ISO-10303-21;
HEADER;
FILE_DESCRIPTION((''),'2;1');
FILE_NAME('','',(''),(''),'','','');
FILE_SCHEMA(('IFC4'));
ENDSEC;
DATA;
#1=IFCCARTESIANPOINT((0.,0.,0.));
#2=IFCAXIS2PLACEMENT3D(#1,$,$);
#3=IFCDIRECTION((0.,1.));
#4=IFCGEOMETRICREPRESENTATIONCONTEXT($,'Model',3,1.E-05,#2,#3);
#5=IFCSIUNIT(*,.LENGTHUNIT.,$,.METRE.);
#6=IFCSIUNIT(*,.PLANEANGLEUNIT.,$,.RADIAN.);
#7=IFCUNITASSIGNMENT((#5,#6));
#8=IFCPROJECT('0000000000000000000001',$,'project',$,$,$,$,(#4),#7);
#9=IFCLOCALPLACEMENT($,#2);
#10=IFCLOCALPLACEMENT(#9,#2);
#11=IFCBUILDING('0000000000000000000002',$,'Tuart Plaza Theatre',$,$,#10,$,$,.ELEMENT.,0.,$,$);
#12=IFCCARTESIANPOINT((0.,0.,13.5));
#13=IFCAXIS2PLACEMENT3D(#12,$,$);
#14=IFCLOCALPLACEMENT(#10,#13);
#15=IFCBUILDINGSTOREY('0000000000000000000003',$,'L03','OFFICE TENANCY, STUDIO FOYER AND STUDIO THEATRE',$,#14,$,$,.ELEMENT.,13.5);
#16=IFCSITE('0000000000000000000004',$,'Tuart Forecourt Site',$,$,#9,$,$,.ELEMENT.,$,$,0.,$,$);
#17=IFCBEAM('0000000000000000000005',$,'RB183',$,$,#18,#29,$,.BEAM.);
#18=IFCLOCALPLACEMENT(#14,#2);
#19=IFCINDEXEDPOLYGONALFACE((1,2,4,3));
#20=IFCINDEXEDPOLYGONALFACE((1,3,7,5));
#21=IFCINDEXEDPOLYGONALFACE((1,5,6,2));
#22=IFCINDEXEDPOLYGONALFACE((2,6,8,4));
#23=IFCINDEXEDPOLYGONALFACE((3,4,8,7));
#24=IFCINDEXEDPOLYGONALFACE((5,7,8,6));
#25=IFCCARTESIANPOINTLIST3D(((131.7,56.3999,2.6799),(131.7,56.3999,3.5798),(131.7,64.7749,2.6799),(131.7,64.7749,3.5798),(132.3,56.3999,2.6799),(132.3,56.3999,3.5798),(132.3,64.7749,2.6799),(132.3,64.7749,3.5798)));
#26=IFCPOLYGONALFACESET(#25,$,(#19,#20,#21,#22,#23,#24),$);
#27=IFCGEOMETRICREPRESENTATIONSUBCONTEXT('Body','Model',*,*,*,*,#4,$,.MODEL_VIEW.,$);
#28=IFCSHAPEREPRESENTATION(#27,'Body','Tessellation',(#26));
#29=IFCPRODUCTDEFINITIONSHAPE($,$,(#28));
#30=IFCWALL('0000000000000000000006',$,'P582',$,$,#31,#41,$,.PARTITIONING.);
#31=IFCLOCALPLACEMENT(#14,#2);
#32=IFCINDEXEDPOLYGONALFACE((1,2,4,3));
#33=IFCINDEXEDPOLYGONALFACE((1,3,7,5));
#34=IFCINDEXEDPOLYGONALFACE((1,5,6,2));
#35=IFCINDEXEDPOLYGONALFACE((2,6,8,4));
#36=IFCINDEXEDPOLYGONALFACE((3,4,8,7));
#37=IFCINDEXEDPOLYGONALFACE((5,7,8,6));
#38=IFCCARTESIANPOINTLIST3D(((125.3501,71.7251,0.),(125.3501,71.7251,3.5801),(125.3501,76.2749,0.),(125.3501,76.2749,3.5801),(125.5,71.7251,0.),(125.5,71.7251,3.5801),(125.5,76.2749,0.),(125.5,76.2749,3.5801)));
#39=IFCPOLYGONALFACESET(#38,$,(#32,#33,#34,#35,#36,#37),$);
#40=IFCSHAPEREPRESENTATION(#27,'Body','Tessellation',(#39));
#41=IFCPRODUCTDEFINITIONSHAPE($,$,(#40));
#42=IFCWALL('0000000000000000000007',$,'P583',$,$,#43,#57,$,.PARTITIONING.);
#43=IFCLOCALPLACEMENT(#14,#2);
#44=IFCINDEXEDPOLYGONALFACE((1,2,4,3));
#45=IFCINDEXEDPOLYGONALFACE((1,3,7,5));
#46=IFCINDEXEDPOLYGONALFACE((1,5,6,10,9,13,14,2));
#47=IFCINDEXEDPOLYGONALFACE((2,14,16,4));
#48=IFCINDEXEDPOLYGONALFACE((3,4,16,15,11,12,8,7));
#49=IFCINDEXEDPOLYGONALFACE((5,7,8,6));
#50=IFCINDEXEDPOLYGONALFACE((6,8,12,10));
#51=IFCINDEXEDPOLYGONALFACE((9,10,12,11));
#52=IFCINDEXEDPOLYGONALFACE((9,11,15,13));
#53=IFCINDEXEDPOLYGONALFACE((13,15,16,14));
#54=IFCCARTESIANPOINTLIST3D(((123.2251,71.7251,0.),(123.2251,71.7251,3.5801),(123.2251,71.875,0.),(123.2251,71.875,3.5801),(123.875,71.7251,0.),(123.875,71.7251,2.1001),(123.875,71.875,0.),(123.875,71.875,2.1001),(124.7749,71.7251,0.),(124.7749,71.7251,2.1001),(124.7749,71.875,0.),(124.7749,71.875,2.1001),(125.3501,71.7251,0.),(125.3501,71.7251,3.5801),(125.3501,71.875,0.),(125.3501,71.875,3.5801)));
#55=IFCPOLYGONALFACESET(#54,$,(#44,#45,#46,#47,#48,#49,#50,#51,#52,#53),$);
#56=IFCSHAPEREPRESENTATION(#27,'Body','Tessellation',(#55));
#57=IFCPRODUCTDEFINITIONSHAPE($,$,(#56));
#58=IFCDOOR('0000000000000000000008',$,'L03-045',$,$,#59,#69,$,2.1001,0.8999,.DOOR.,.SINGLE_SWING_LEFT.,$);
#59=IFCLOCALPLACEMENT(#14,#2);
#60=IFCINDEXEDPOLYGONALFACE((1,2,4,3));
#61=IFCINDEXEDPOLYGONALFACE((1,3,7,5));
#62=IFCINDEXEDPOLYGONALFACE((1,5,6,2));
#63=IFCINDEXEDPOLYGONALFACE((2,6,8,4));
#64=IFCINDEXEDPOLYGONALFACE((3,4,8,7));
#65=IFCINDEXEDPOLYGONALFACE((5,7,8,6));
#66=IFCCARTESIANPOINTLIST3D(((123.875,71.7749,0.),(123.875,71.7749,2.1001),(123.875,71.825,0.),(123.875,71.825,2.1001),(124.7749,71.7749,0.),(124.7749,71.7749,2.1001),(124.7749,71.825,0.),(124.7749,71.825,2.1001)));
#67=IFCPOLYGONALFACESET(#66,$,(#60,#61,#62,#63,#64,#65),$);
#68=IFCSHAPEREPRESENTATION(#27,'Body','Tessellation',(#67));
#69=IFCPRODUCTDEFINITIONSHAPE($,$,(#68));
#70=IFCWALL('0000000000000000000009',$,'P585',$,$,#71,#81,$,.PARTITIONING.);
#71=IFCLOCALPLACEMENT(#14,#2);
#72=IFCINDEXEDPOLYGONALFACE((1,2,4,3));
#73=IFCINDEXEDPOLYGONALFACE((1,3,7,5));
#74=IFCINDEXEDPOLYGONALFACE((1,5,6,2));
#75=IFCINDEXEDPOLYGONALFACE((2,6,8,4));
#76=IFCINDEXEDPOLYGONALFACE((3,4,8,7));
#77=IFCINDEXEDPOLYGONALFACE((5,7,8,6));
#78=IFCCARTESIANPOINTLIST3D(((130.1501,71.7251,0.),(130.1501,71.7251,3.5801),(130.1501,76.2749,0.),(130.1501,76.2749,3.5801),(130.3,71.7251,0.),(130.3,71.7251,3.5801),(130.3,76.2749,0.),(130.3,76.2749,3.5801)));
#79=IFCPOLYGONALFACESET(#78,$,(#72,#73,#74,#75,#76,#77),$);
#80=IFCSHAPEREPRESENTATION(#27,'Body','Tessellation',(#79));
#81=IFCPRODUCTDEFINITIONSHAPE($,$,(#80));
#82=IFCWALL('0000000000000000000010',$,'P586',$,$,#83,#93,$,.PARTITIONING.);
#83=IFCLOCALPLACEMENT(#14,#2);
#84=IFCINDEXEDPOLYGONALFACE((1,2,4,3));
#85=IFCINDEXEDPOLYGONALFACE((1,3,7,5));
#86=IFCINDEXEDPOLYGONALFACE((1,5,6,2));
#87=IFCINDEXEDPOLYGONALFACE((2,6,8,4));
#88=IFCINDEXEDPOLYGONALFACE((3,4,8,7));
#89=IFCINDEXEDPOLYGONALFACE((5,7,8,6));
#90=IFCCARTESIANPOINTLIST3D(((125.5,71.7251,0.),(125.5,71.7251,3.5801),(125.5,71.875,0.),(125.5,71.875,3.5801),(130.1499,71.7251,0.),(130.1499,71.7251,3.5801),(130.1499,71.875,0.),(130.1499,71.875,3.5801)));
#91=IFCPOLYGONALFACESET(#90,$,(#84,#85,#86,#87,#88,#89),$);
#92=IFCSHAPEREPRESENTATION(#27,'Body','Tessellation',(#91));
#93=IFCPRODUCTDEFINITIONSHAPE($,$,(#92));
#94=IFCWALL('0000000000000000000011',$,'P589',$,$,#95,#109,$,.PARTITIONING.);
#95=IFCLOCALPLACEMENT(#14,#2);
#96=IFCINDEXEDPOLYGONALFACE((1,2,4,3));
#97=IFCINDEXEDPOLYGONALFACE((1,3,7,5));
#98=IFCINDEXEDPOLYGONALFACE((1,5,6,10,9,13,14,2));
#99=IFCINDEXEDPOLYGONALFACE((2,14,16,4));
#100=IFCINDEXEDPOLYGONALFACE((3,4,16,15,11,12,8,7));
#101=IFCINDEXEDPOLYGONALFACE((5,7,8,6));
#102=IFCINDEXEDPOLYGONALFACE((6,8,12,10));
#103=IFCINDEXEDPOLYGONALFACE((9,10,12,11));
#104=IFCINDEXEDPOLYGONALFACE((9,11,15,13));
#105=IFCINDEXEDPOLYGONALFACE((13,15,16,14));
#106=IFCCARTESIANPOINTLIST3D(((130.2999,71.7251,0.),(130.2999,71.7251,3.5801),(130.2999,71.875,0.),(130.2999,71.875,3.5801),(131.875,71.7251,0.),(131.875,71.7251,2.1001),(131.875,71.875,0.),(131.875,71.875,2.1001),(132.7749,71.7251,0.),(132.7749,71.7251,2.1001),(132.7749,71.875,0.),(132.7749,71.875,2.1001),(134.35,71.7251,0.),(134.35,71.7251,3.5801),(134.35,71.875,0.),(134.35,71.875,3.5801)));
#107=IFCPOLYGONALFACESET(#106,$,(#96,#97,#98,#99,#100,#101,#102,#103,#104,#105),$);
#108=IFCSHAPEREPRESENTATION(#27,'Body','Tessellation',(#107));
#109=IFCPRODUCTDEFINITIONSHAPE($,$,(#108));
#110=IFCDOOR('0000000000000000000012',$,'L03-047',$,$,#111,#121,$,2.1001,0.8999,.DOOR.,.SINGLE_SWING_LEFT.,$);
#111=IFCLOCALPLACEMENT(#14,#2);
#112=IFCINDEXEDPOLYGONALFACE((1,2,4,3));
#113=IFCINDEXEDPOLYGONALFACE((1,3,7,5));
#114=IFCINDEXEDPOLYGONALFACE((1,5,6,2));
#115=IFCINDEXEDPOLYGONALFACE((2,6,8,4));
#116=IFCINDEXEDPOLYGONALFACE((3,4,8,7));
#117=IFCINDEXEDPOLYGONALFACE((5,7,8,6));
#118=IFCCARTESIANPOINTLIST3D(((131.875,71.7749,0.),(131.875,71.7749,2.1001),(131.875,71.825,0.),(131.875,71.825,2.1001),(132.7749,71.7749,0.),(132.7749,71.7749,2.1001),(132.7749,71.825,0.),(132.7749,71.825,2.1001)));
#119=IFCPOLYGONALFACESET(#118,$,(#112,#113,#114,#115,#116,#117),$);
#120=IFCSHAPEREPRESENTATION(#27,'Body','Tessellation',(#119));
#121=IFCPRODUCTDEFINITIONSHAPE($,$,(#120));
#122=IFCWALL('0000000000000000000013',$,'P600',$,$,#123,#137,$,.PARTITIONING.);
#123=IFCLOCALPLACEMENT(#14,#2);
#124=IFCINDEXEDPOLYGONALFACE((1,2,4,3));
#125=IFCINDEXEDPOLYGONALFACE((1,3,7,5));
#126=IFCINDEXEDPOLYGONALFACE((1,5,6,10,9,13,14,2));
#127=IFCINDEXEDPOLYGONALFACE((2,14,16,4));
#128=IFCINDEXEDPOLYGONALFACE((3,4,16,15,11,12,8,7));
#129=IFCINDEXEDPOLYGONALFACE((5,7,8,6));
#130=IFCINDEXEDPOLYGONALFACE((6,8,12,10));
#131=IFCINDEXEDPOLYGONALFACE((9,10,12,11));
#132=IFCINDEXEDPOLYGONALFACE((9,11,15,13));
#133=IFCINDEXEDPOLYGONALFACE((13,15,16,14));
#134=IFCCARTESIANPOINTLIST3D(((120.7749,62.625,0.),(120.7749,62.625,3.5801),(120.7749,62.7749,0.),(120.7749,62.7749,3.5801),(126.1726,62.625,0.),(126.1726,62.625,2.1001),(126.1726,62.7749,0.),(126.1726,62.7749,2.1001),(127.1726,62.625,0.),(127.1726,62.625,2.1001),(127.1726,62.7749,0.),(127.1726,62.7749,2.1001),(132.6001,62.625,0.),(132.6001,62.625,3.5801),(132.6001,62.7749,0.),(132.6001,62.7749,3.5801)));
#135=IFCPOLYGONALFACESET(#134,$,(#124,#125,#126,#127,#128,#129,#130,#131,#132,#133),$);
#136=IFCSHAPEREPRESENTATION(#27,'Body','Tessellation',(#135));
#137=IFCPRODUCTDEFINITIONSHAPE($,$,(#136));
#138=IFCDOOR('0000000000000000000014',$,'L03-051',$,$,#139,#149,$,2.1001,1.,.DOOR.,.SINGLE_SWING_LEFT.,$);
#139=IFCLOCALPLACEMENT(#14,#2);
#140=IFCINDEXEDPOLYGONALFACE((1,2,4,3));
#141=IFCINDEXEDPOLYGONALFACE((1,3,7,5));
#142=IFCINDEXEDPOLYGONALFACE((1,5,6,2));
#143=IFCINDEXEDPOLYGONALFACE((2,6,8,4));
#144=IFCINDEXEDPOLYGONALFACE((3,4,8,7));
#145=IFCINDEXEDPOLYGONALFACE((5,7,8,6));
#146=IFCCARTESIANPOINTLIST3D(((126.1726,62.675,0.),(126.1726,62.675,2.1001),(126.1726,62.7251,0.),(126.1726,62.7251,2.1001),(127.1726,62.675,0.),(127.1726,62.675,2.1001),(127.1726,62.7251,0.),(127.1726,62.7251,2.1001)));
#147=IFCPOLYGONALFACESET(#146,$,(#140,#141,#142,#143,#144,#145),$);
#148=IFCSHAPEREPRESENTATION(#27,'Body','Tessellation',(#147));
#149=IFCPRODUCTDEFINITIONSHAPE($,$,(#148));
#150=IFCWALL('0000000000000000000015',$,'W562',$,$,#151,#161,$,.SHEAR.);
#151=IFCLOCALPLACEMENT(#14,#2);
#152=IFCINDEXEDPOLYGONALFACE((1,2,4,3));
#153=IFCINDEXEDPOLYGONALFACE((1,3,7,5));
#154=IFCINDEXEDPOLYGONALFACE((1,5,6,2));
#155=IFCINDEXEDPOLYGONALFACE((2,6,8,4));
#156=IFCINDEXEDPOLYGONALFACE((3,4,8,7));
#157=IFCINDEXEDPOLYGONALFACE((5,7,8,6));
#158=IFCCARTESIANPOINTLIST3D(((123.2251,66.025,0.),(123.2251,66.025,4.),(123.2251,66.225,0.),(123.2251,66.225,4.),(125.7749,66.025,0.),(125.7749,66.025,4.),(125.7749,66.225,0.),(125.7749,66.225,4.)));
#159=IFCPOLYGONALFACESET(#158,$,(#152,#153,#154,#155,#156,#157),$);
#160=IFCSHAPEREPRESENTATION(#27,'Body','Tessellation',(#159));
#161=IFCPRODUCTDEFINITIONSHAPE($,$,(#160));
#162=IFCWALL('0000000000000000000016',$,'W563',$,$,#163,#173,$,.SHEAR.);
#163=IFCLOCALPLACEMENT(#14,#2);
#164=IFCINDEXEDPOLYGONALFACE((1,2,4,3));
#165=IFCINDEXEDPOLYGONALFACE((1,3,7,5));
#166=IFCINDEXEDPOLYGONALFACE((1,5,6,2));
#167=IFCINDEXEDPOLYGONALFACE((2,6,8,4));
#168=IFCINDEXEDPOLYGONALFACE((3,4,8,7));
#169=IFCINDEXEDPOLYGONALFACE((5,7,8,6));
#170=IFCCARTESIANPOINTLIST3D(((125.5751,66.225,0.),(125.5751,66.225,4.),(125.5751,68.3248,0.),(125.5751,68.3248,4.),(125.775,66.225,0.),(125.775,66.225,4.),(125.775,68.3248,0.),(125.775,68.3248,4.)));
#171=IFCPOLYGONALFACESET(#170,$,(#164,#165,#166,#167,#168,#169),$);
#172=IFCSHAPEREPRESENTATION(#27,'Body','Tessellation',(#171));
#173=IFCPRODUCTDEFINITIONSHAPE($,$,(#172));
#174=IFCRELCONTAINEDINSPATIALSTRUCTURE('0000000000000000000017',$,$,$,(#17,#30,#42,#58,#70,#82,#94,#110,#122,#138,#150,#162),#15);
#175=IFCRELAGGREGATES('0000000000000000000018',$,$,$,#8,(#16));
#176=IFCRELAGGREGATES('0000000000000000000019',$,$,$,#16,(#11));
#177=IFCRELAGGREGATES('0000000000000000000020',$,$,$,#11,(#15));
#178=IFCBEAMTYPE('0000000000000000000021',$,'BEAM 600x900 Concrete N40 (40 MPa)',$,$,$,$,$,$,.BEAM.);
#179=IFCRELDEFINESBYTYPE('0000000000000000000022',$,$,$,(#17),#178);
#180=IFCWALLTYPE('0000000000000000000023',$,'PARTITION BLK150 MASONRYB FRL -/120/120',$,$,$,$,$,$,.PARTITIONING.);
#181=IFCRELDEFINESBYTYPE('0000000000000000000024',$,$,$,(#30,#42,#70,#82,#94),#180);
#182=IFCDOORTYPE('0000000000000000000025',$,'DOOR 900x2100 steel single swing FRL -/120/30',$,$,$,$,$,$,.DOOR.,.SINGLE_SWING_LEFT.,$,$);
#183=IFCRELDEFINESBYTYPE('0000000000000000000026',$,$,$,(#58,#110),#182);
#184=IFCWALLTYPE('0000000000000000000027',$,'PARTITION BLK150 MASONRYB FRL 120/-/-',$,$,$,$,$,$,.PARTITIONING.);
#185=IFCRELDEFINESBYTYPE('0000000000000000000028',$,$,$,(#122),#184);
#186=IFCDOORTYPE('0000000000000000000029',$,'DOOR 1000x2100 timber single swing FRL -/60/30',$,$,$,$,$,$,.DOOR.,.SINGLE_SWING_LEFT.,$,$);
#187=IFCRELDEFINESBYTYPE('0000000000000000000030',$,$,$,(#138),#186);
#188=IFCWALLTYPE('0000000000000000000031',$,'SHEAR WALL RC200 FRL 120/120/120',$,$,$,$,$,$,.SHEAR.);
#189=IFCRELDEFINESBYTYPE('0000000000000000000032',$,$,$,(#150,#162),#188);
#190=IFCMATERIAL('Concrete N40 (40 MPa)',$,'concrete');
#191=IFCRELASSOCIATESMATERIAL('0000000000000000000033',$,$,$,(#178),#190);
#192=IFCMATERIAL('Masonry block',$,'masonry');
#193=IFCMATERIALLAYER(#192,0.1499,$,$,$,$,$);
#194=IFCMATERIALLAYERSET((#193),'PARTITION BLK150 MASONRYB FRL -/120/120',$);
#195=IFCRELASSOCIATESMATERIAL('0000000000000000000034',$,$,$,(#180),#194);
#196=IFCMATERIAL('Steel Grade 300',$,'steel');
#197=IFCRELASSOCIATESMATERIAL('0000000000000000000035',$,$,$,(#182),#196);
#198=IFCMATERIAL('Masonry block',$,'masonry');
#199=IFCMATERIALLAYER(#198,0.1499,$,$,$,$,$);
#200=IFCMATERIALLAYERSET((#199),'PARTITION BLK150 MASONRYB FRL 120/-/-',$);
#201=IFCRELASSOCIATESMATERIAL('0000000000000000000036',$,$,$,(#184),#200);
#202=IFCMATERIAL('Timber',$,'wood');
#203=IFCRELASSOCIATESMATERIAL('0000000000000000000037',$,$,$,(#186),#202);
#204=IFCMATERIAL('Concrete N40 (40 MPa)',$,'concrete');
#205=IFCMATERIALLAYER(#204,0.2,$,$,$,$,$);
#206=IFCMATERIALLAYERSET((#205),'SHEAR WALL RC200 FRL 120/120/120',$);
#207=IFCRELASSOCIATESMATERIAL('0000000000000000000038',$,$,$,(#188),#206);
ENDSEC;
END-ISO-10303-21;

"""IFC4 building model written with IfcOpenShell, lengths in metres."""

from ifc_helpers import new_model, si_unit, direction, frame, frame_2d, origin, origin_2d, place, context, subcontext, project, spatial, rectangle, extrude, material, layer, layer_set, material_profile, profile_set, type_object, element, fill, save


model = new_model("IFC4")

# Units and contexts
model_context = context("Model", 3, precision=1e-05, world=origin(), true_north=direction((0.0, 1.0)))
body_context = subcontext(model_context, "Body", "Model", "MODEL_VIEW")
ifc_project = project(units=[si_unit("LENGTHUNIT", "METRE"), si_unit("PLANEANGLEUNIT", "RADIAN")], contexts=[model_context])

# Site, building, storey
site_placement = place(None, origin())
site = spatial("IfcSite", under=ifc_project, at=site_placement, Name="Tuart Forecourt Site", CompositionType="ELEMENT", RefElevation=0.0)
building_placement = place(site_placement, origin())
building = spatial("IfcBuilding", under=site, at=building_placement, Name="Tuart Plaza Theatre", CompositionType="ELEMENT", ElevationOfRefHeight=0.0)
storey_placement = place(building_placement, frame((0.0, 0.0, 13.5)))
storey = spatial("IfcBuildingStorey", under=building, at=storey_placement, Name="L03", Description="OFFICE TENANCY, STUDIO FOYER AND STUDIO THEATRE", CompositionType="ELEMENT", Elevation=13.5)

# Beam
ifc_material_1 = material(Name="Concrete N40 (40 MPa)", Category="concrete")
ifc_material_profile = material_profile(ifc_material_1, rectangle(XDim=0.6001, YDim=0.8999, at=origin_2d()), Name="BEAM 600x900 Concrete N40 (40 MPa)")
ifc_profile_set = profile_set([ifc_material_profile], Name="Concrete N40 (40 MPa)")
beam_type = type_object("IfcBeamType", Name="BEAM 600x900 Concrete N40 (40 MPa)", PredefinedType="BEAM", material=ifc_profile_set)
beam_placement = place(storey_placement, frame((132.0, 56.3999, 3.1299), z_axis=(0.0, 1.0, 0.0), x_axis=(-1.0, 0.0, 0.0)))
element("IfcBeam", 1, at=beam_placement, inside=storey, type_object=beam_type, Name="RB183", PredefinedType="BEAM", context=body_context, shape_type="SweptSolid", body=[
    extrude(rectangle(XDim=0.6001, YDim=0.8999, at=origin_2d()), origin(), (0.0, 0.0, 1.0), 8.375),
])

# Wall
ifc_material_2 = material(Name="Masonry block", Category="masonry")
ifc_layer_1 = layer(ifc_material_2, 0.1499)
ifc_layer_set_1 = layer_set([ifc_layer_1], Name="PARTITION BLK150 MASONRYB FRL -/120/120")
wall_type_1 = type_object("IfcWallType", Name="PARTITION BLK150 MASONRYB FRL -/120/120", PredefinedType="PARTITIONING", material=ifc_layer_set_1)
wall_1_placement = place(storey_placement, frame((125.425, 71.7251, 0.0), z_axis=(0.0, 0.0, 1.0), x_axis=(0.0, 1.0, 0.0)))
element("IfcWall", 2, at=wall_1_placement, inside=storey, type_object=wall_type_1, Name="P582", PredefinedType="PARTITIONING", context=body_context, shape_type="SweptSolid", body=[
    extrude(rectangle(XDim=4.5498, YDim=0.1499, at=frame_2d((2.2749, 0.0))), origin(), (0.0, 0.0, 1.0), 3.5801),
])

# Wall, opening, door
wall_2_placement = place(storey_placement, frame((123.2251, 71.8, 0.0), z_axis=(0.0, 0.0, 1.0), x_axis=(1.0, 0.0, 0.0)))
wall_2 = element("IfcWall", 3, at=wall_2_placement, inside=storey, type_object=wall_type_1, Name="P583", PredefinedType="PARTITIONING", context=body_context, shape_type="SweptSolid", body=[
    extrude(rectangle(XDim=2.125, YDim=0.1499, at=frame_2d((1.0625, 0.0))), origin(), (0.0, 0.0, 1.0), 3.5801),
])
opening_1_placement = place(wall_2_placement, frame((0.6499, 0.0, 0.0)))
opening_1 = element("IfcOpeningElement", 4, at=opening_1_placement, cuts=wall_2, PredefinedType="OPENING", context=body_context, shape_type="SweptSolid", body=[
    extrude(rectangle(XDim=0.8999, YDim=2.1001, at=frame_2d((0.45, 1.05))), frame((0.0, 0.085, 0.0), z_axis=(0.0, -1.0, 0.0), x_axis=(1.0, 0.0, 0.0)), (0.0, 0.0, 1.0), 0.1699),
])
ifc_material_3 = material(Name="Steel Grade 300", Category="steel")
door_type_1 = type_object("IfcDoorType", Name="DOOR 900x2100 steel single swing FRL -/120/30", OperationType="SINGLE_SWING_LEFT", PredefinedType="DOOR", material=ifc_material_3)
door_1_placement = place(opening_1_placement, origin())
door_1 = element("IfcDoor", 5, at=door_1_placement, inside=storey, type_object=door_type_1, Name="L03-045", OperationType="SINGLE_SWING_LEFT", OverallHeight=2.1001, OverallWidth=0.8999, PredefinedType="DOOR", context=body_context, shape_type="SweptSolid", body=[
    extrude(rectangle(XDim=0.8999, YDim=2.1001, at=frame_2d((0.45, 1.05))), frame((0.0, 0.0249, 0.0), z_axis=(0.0, -1.0, 0.0), x_axis=(1.0, 0.0, 0.0)), (0.0, 0.0, 1.0), 0.05),
])
fill(opening_1, door_1)

# Walls
wall_3_placement = place(storey_placement, frame((130.2251, 71.7251, 0.0), z_axis=(0.0, 0.0, 1.0), x_axis=(0.0, 1.0, 0.0)))
element("IfcWall", 6, at=wall_3_placement, inside=storey, type_object=wall_type_1, Name="P585", PredefinedType="PARTITIONING", context=body_context, shape_type="SweptSolid", body=[
    extrude(rectangle(XDim=4.5498, YDim=0.1499, at=frame_2d((2.2749, 0.0))), origin(), (0.0, 0.0, 1.0), 3.5801),
])
wall_4_placement = place(storey_placement, frame((125.5, 71.8, 0.0), z_axis=(0.0, 0.0, 1.0), x_axis=(1.0, 0.0, 0.0)))
element("IfcWall", 7, at=wall_4_placement, inside=storey, type_object=wall_type_1, Name="P586", PredefinedType="PARTITIONING", context=body_context, shape_type="SweptSolid", body=[
    extrude(rectangle(XDim=4.6499, YDim=0.1499, at=frame_2d((2.325, 0.0))), origin(), (0.0, 0.0, 1.0), 3.5801),
])

# Walls, openings, doors
wall_5_placement = place(storey_placement, frame((130.3, 71.8, 0.0), z_axis=(0.0, 0.0, 1.0), x_axis=(1.0, 0.0, 0.0)))
wall_5 = element("IfcWall", 8, at=wall_5_placement, inside=storey, type_object=wall_type_1, Name="P589", PredefinedType="PARTITIONING", context=body_context, shape_type="SweptSolid", body=[
    extrude(rectangle(XDim=4.05, YDim=0.1499, at=frame_2d((2.0249, 0.0))), origin(), (0.0, 0.0, 1.0), 3.5801),
])
opening_2_placement = place(wall_5_placement, frame((1.575, 0.0, 0.0)))
opening_2 = element("IfcOpeningElement", 9, at=opening_2_placement, cuts=wall_5, PredefinedType="OPENING", context=body_context, shape_type="SweptSolid", body=[
    extrude(rectangle(XDim=0.8999, YDim=2.1001, at=frame_2d((0.45, 1.05))), frame((0.0, 0.085, 0.0), z_axis=(0.0, -1.0, 0.0), x_axis=(1.0, 0.0, 0.0)), (0.0, 0.0, 1.0), 0.1699),
])
door_2_placement = place(opening_2_placement, origin())
door_2 = element("IfcDoor", 10, at=door_2_placement, inside=storey, type_object=door_type_1, Name="L03-047", OperationType="SINGLE_SWING_LEFT", OverallHeight=2.1001, OverallWidth=0.8999, PredefinedType="DOOR", context=body_context, shape_type="SweptSolid", body=[
    extrude(rectangle(XDim=0.8999, YDim=2.1001, at=frame_2d((0.45, 1.05))), frame((0.0, 0.0249, 0.0), z_axis=(0.0, -1.0, 0.0), x_axis=(1.0, 0.0, 0.0)), (0.0, 0.0, 1.0), 0.05),
])
fill(opening_2, door_2)
ifc_material_4 = material(Name="Masonry block", Category="masonry")
ifc_layer_2 = layer(ifc_material_4, 0.1499)
ifc_layer_set_2 = layer_set([ifc_layer_2], Name="PARTITION BLK150 MASONRYB FRL 120/-/-")
wall_type_2 = type_object("IfcWallType", Name="PARTITION BLK150 MASONRYB FRL 120/-/-", PredefinedType="PARTITIONING", material=ifc_layer_set_2)
wall_6_placement = place(storey_placement, frame((132.6001, 62.7, 0.0), z_axis=(0.0, 0.0, 1.0), x_axis=(-1.0, 0.0, 0.0)))
wall_6 = element("IfcWall", 11, at=wall_6_placement, inside=storey, type_object=wall_type_2, Name="P600", PredefinedType="PARTITIONING", context=body_context, shape_type="SweptSolid", body=[
    extrude(rectangle(XDim=11.8252, YDim=0.1499, at=frame_2d((5.9126, 0.0))), origin(), (0.0, 0.0, 1.0), 3.5801),
])
opening_3_placement = place(wall_6_placement, frame((5.4275, 0.0, 0.0)))
opening_3 = element("IfcOpeningElement", 12, at=opening_3_placement, cuts=wall_6, PredefinedType="OPENING", context=body_context, shape_type="SweptSolid", body=[
    extrude(rectangle(XDim=1.0, YDim=2.1001, at=frame_2d((0.5, 1.05))), frame((0.0, 0.085, 0.0), z_axis=(0.0, -1.0, 0.0), x_axis=(1.0, 0.0, 0.0)), (0.0, 0.0, 1.0), 0.1699),
])
ifc_material_5 = material(Name="Timber", Category="wood")
door_type_2 = type_object("IfcDoorType", Name="DOOR 1000x2100 timber single swing FRL -/60/30", OperationType="SINGLE_SWING_LEFT", PredefinedType="DOOR", material=ifc_material_5)
door_3_placement = place(opening_3_placement, origin())
door_3 = element("IfcDoor", 13, at=door_3_placement, inside=storey, type_object=door_type_2, Name="L03-051", OperationType="SINGLE_SWING_LEFT", OverallHeight=2.1001, OverallWidth=1.0, PredefinedType="DOOR", context=body_context, shape_type="SweptSolid", body=[
    extrude(rectangle(XDim=1.0, YDim=2.1001, at=frame_2d((0.5, 1.05))), frame((0.0, 0.0249, 0.0), z_axis=(0.0, -1.0, 0.0), x_axis=(1.0, 0.0, 0.0)), (0.0, 0.0, 1.0), 0.05),
])
fill(opening_3, door_3)

# Walls
ifc_material_6 = material(Name="Concrete N40 (40 MPa)", Category="concrete")
ifc_layer_3 = layer(ifc_material_6, 0.2)
ifc_layer_set_3 = layer_set([ifc_layer_3], Name="SHEAR WALL RC200 FRL 120/120/120")
wall_type_3 = type_object("IfcWallType", Name="SHEAR WALL RC200 FRL 120/120/120", PredefinedType="SHEAR", material=ifc_layer_set_3)
wall_7_placement = place(storey_placement, frame((123.2251, 66.125, 0.0), z_axis=(0.0, 0.0, 1.0), x_axis=(1.0, 0.0, 0.0)))
element("IfcWall", 14, at=wall_7_placement, inside=storey, type_object=wall_type_3, Name="W562", PredefinedType="SHEAR", context=body_context, shape_type="SweptSolid", body=[
    extrude(rectangle(XDim=2.5498, YDim=0.2, at=frame_2d((1.2749, 0.0))), origin(), (0.0, 0.0, 1.0), 4.0),
])
wall_8_placement = place(storey_placement, frame((125.675, 66.2251, 0.0), z_axis=(0.0, 0.0, 1.0), x_axis=(0.0, 1.0, 0.0)))
element("IfcWall", 15, at=wall_8_placement, inside=storey, type_object=wall_type_3, Name="W563", PredefinedType="SHEAR", context=body_context, shape_type="SweptSolid", body=[
    extrude(rectangle(XDim=2.0999, YDim=0.2, at=frame_2d((1.0498, 0.0))), origin(), (0.0, 0.0, 1.0), 4.0),
])

save(model, "model.ifc")
